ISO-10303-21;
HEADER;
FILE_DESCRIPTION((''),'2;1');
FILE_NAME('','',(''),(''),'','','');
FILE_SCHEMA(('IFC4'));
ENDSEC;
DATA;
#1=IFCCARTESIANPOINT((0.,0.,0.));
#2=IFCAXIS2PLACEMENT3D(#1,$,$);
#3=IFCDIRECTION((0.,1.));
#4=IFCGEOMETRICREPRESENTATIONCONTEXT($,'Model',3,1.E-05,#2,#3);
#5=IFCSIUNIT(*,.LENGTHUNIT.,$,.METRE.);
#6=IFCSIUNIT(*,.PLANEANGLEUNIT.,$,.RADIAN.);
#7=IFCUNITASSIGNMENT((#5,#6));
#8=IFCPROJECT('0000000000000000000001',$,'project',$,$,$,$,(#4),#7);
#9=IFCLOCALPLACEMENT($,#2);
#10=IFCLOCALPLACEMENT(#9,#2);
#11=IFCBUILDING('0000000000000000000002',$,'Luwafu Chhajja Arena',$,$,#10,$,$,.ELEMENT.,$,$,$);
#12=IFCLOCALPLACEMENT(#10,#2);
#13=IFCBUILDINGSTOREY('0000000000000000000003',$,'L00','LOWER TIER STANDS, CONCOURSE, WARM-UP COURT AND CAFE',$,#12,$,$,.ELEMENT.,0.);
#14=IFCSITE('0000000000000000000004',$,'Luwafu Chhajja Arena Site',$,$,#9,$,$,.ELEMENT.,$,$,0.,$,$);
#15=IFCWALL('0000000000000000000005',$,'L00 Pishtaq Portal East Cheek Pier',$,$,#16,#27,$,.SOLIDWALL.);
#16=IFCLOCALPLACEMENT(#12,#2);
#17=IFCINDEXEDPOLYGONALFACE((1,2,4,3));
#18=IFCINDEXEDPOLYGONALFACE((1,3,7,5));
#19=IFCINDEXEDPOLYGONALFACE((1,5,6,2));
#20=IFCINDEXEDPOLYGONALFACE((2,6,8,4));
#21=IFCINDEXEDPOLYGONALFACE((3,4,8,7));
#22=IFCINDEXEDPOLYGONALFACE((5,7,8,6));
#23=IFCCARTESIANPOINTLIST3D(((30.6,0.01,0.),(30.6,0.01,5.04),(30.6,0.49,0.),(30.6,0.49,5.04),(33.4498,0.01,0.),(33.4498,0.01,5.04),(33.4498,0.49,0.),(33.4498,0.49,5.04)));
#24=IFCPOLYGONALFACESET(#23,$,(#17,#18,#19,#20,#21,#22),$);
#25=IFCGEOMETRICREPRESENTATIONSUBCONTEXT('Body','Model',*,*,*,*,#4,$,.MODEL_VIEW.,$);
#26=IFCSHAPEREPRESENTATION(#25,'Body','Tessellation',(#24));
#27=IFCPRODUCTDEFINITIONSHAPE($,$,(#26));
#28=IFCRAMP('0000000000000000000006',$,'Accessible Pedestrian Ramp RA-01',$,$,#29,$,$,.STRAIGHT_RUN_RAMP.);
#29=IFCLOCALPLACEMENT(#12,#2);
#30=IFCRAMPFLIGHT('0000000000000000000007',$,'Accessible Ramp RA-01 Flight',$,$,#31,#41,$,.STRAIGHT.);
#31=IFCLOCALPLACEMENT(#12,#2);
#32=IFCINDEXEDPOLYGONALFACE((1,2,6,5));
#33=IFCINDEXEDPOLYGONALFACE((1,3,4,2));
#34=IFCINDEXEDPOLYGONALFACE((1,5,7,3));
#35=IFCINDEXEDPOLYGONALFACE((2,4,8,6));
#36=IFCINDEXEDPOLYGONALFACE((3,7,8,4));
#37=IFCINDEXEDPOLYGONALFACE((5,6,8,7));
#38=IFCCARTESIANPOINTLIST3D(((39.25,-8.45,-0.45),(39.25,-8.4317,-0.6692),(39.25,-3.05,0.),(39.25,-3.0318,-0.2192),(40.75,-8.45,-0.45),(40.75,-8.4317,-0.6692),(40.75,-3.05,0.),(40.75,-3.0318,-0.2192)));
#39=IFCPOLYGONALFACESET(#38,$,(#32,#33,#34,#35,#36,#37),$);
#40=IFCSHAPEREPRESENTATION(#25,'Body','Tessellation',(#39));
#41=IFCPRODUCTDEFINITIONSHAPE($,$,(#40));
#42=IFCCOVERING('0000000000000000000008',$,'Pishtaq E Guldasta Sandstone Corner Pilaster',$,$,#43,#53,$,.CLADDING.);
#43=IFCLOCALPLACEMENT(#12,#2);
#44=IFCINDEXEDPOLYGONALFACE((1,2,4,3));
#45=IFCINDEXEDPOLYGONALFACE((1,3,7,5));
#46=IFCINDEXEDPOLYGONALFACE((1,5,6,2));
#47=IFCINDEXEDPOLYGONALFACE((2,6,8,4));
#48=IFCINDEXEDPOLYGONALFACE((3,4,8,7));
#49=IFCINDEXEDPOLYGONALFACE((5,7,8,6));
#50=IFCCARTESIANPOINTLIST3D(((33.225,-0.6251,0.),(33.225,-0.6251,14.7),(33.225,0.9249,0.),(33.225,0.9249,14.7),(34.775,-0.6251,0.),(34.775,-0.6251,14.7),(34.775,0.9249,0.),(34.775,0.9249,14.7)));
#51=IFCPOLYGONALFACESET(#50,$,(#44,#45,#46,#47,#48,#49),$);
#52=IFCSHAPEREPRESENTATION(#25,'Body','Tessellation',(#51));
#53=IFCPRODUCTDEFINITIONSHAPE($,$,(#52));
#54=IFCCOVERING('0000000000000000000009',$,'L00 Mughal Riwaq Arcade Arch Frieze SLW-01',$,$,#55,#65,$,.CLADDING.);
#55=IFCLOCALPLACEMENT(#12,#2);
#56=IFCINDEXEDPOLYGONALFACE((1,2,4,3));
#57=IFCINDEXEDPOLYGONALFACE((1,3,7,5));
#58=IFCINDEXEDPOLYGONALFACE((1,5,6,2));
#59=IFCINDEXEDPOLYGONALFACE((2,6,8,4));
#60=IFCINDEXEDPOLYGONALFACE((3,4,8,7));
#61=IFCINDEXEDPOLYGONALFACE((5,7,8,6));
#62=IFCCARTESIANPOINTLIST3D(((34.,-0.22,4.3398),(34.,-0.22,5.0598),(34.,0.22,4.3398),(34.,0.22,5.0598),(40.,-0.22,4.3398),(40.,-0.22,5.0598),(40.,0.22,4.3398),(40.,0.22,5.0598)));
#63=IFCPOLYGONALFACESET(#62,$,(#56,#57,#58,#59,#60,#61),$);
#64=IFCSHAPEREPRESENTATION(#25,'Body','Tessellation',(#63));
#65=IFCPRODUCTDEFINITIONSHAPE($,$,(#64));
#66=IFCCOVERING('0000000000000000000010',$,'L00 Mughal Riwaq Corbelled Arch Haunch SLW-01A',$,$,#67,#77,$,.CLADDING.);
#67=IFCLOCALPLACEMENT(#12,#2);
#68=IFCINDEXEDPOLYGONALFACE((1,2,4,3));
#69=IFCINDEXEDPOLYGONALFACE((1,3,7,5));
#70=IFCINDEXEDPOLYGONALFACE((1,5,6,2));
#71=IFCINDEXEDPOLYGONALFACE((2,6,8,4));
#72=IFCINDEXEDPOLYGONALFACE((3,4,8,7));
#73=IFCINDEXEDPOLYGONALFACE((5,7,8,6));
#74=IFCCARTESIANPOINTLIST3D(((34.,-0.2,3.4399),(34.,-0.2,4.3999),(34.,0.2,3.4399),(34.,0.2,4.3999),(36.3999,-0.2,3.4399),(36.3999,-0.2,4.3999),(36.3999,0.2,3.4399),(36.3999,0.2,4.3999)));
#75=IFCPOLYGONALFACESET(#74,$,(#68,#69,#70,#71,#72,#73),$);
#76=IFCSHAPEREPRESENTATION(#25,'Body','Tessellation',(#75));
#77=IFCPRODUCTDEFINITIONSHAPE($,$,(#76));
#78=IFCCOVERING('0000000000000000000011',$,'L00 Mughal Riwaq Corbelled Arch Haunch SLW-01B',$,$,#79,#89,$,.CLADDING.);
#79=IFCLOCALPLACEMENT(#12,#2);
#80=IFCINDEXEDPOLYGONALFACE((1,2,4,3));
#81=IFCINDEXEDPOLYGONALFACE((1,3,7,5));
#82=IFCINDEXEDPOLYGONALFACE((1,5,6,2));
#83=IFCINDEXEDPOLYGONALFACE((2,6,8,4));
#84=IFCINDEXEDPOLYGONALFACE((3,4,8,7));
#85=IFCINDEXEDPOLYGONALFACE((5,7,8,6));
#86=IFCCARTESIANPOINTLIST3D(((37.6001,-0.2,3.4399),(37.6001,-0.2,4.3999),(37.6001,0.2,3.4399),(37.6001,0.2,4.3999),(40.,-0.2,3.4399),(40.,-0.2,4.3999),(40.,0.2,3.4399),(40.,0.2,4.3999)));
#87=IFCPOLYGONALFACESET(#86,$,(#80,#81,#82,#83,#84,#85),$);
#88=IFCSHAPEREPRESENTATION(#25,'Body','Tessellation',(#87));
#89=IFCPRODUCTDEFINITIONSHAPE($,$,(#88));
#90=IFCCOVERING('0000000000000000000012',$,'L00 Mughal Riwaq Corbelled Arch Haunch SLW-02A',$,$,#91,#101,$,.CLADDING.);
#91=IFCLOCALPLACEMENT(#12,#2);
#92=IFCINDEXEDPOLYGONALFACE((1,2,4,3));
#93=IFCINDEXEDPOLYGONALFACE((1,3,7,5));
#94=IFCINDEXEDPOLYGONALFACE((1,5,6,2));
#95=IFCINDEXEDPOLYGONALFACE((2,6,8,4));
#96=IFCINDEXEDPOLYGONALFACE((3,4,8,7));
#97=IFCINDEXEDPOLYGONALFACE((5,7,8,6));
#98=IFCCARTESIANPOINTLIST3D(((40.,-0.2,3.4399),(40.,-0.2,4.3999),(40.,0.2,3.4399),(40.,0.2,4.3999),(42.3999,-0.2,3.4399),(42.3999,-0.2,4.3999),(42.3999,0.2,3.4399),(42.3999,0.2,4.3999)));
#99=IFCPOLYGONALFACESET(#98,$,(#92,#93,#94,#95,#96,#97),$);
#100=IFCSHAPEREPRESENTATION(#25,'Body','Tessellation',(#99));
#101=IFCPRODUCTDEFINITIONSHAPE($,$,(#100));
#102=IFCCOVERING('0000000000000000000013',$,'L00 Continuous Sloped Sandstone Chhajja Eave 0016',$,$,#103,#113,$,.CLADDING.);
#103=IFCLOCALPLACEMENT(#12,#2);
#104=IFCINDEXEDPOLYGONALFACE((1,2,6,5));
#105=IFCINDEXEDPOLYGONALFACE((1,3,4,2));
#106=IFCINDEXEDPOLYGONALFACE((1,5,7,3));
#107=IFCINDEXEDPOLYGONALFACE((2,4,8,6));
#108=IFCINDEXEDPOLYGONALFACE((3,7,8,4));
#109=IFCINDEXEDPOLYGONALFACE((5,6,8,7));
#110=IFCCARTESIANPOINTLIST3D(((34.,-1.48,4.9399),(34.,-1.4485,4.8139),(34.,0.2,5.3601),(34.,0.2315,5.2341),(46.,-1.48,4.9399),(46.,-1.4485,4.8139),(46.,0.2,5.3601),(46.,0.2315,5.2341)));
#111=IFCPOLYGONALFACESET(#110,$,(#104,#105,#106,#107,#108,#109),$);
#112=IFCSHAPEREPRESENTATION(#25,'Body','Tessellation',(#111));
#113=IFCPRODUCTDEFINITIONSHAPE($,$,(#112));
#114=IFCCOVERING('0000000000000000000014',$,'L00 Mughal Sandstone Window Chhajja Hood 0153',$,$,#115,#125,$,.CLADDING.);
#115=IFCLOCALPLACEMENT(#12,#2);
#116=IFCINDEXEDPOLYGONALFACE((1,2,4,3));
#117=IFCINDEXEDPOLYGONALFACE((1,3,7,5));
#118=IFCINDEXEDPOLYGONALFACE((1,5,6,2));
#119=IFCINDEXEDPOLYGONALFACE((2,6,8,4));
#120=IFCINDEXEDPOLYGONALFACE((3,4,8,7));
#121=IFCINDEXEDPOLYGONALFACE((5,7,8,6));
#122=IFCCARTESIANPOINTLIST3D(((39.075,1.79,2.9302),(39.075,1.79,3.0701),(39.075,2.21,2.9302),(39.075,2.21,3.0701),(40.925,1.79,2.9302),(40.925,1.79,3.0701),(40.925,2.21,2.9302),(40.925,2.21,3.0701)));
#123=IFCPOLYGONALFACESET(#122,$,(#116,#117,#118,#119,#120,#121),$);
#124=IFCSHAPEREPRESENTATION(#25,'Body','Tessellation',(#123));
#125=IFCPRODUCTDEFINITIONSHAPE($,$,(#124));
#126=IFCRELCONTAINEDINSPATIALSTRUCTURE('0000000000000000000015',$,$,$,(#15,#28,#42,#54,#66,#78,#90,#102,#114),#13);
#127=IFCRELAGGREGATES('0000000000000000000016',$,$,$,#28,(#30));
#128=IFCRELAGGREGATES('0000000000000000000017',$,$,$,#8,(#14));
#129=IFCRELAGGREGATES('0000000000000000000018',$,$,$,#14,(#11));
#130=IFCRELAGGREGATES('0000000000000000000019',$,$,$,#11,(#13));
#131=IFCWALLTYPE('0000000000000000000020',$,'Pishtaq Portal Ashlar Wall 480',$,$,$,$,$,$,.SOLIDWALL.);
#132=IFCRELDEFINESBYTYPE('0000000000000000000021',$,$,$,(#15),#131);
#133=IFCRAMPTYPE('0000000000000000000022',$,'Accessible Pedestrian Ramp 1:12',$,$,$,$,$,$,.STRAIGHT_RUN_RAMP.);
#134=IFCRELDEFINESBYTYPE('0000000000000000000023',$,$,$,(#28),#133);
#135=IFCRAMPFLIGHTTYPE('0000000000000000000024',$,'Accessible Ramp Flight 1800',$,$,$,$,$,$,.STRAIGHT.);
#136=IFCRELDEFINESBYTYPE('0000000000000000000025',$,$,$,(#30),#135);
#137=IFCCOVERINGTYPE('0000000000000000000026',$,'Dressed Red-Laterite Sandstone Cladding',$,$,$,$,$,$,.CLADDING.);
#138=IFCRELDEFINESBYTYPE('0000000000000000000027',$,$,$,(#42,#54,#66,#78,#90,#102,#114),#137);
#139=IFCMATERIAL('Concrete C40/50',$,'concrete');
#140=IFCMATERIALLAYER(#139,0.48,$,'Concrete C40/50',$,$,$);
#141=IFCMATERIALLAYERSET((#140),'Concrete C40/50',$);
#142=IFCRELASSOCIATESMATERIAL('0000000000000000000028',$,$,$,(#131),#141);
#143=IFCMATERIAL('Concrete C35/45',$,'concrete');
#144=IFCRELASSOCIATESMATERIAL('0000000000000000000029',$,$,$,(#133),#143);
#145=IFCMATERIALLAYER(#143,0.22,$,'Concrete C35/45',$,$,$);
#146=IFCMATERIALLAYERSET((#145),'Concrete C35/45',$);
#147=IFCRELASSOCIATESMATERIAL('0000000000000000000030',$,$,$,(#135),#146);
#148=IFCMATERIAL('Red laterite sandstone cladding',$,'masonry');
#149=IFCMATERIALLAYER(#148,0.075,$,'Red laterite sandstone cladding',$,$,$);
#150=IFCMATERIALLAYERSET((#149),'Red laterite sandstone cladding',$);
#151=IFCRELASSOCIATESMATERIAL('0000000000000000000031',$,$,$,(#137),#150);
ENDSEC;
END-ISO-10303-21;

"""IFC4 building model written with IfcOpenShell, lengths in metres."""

from ifc_helpers import new_model, si_unit, direction, frame, frame_2d, origin, origin_2d, place, context, subcontext, project, spatial, polyline, rectangle, outline, extrude, material, layer, layer_set, type_object, element, aggregate, save


model = new_model("IFC4")

# Units and contexts
model_context = context("Model", 3, precision=1e-05, world=origin(), true_north=direction((0.0, 1.0)))
body_context = subcontext(model_context, "Body", "Model", "MODEL_VIEW")
ifc_project = project(units=[si_unit("LENGTHUNIT", "METRE"), si_unit("PLANEANGLEUNIT", "RADIAN")], contexts=[model_context])

# Site, building, storey
site_placement = place(None, origin())
site = spatial("IfcSite", under=ifc_project, at=site_placement, Name="Luwafu Chhajja Arena Site", CompositionType="ELEMENT", RefElevation=0.0)
building_placement = place(site_placement, origin())
building = spatial("IfcBuilding", under=site, at=building_placement, Name="Luwafu Chhajja Arena", CompositionType="ELEMENT")
storey_placement = place(building_placement, origin())
storey = spatial("IfcBuildingStorey", under=building, at=storey_placement, Name="L00", Description="LOWER TIER STANDS, CONCOURSE, WARM-UP COURT AND CAFE", CompositionType="ELEMENT", Elevation=0.0)

# Shared definitions
ifc_material_1 = material(Name="Concrete C35/45", Category="concrete")
ifc_material_2 = material(Name="Concrete C40/50", Category="concrete")

# Wall
ifc_layer_1 = layer(ifc_material_2, 0.48, Name="Concrete C40/50")
ifc_layer_set_1 = layer_set([ifc_layer_1], Name="Concrete C40/50")
wall_type = type_object("IfcWallType", Name="Pishtaq Portal Ashlar Wall 480", PredefinedType="SOLIDWALL", material=ifc_layer_set_1)
wall_1_placement = place(storey_placement, frame((30.6001, 0.25, 0.0), z_axis=(0.0, 0.0, 1.0), x_axis=(1.0, 0.0, 0.0)))
element("IfcWall", 1, at=wall_1_placement, inside=storey, type_object=wall_type, Name="L00 Pishtaq Portal East Cheek Pier", PredefinedType="SOLIDWALL", context=body_context, shape_type="SweptSolid", body=[
    extrude(rectangle(XDim=2.8499, YDim=0.48, at=frame_2d((1.4248, 0.0))), origin(), (0.0, 0.0, 1.0), 5.04),
])

# Ramp, ramp flight
ramp_type = type_object("IfcRampType", Name="Accessible Pedestrian Ramp 1:12", PredefinedType="STRAIGHT_RUN_RAMP", material=ifc_material_1)
ramp_placement = place(storey_placement, origin())
ramp = element("IfcRamp", 2, at=ramp_placement, inside=storey, type_object=ramp_type, Name="Accessible Pedestrian Ramp RA-01", PredefinedType="STRAIGHT_RUN_RAMP")
ifc_layer_2 = layer(ifc_material_1, 0.22, Name="Concrete C35/45")
ifc_layer_set_2 = layer_set([ifc_layer_2], Name="Concrete C35/45")
ramp_flight_type = type_object("IfcRampFlightType", Name="Accessible Ramp Flight 1800", PredefinedType="STRAIGHT", material=ifc_layer_set_2)
ramp_flight_placement = place(storey_placement, frame((39.25, -8.45, -0.45), z_axis=(0.0, -0.083038, 0.996546), x_axis=(1.0, 0.0, 0.0)))
ramp_flight = element("IfcRampFlight", 3, at=ramp_flight_placement, type_object=ramp_flight_type, Name="Accessible Ramp RA-01 Flight", PredefinedType="STRAIGHT", context=body_context, shape_type="SweptSolid", body=[
    extrude(outline(polyline([(0.0, 0.0), (1.5, 0.0), (1.5, 5.4186), (0.0, 5.4186), (0.0, 0.0)])), origin(), (0.0, 0.0, -1.0), 0.22),
])
aggregate(ramp, [ramp_flight])

# Coverings
ifc_material_3 = material(Name="Red laterite sandstone cladding", Category="masonry")
ifc_layer_3 = layer(ifc_material_3, 0.075, Name="Red laterite sandstone cladding")
ifc_layer_set_3 = layer_set([ifc_layer_3], Name="Red laterite sandstone cladding")
covering_type = type_object("IfcCoveringType", Name="Dressed Red-Laterite Sandstone Cladding", PredefinedType="CLADDING", material=ifc_layer_set_3)
covering_1_placement = place(storey_placement, frame((34.0, 0.1499, 0.0), z_axis=(0.0, 0.0, 1.0), x_axis=(1.0, 0.0, 0.0)))
element("IfcCovering", 4, at=covering_1_placement, inside=storey, type_object=covering_type, Name="Pishtaq E Guldasta Sandstone Corner Pilaster", PredefinedType="CLADDING", context=body_context, shape_type="SweptSolid", body=[
    extrude(rectangle(XDim=1.55, YDim=1.55, at=origin_2d()), origin(), (0.0, 0.0, 1.0), 14.7),
])
covering_2_placement = place(storey_placement, frame((37.0, 0.0, 4.3398), z_axis=(0.0, 0.0, 1.0), x_axis=(1.0, 0.0, 0.0)))
element("IfcCovering", 5, at=covering_2_placement, inside=storey, type_object=covering_type, Name="L00 Mughal Riwaq Arcade Arch Frieze SLW-01", PredefinedType="CLADDING", context=body_context, shape_type="SweptSolid", body=[
    extrude(rectangle(XDim=6.0, YDim=0.4399, at=origin_2d()), origin(), (0.0, 0.0, 1.0), 0.72),
])
for number, where, z_axis, x_axis, name in (
    (6, (35.2, 0.0, 3.4399), (0.0, 0.0, 1.0), (1.0, 0.0, 0.0), "L00 Mughal Riwaq Corbelled Arch Haunch SLW-01A"),
    (7, (38.8, 0.0, 3.4399), (0.0, 0.0, 1.0), (1.0, 0.0, 0.0), "L00 Mughal Riwaq Corbelled Arch Haunch SLW-01B"),
    (8, (41.2, 0.0, 3.4399), (0.0, 0.0, 1.0), (1.0, 0.0, 0.0), "L00 Mughal Riwaq Corbelled Arch Haunch SLW-02A"),
):
    element("IfcCovering", number, at=place(storey_placement, frame(where, z_axis=z_axis, x_axis=x_axis)), inside=storey, type_object=covering_type, Name=name, PredefinedType="CLADDING", context=body_context, shape_type="SweptSolid", body=[
        extrude(rectangle(XDim=2.3999, YDim=0.3999, at=origin_2d()), origin(), (0.0, 0.0, 1.0), 0.96),
    ])
covering_3_placement = place(storey_placement, frame((34.0, 0.2, 5.3601), z_axis=(0.0, -0.242635, 0.970118), x_axis=(1.0, 0.0, 0.0)))
element("IfcCovering", 9, at=covering_3_placement, inside=storey, type_object=covering_type, Name="L00 Continuous Sloped Sandstone Chhajja Eave 0016", PredefinedType="CLADDING", context=body_context, shape_type="SweptSolid", body=[
    extrude(outline(polyline([(0.0, 0.0), (12.0, 0.0), (12.0, -1.7317), (0.0, -1.7317), (0.0, 0.0)])), origin(), (0.0, 0.0, -1.0), 0.1299),
])
covering_4_placement = place(storey_placement, frame((40.0, 2.0, 2.9302), z_axis=(0.0, 0.0, 1.0), x_axis=(1.0, 0.0, 0.0)))
element("IfcCovering", 10, at=covering_4_placement, inside=storey, type_object=covering_type, Name="L00 Mughal Sandstone Window Chhajja Hood 0153", PredefinedType="CLADDING", context=body_context, shape_type="SweptSolid", body=[
    extrude(rectangle(XDim=1.8501, YDim=0.4199, at=origin_2d()), origin(), (0.0, 0.0, 1.0), 0.1399),
])

save(model, "model.ifc")
